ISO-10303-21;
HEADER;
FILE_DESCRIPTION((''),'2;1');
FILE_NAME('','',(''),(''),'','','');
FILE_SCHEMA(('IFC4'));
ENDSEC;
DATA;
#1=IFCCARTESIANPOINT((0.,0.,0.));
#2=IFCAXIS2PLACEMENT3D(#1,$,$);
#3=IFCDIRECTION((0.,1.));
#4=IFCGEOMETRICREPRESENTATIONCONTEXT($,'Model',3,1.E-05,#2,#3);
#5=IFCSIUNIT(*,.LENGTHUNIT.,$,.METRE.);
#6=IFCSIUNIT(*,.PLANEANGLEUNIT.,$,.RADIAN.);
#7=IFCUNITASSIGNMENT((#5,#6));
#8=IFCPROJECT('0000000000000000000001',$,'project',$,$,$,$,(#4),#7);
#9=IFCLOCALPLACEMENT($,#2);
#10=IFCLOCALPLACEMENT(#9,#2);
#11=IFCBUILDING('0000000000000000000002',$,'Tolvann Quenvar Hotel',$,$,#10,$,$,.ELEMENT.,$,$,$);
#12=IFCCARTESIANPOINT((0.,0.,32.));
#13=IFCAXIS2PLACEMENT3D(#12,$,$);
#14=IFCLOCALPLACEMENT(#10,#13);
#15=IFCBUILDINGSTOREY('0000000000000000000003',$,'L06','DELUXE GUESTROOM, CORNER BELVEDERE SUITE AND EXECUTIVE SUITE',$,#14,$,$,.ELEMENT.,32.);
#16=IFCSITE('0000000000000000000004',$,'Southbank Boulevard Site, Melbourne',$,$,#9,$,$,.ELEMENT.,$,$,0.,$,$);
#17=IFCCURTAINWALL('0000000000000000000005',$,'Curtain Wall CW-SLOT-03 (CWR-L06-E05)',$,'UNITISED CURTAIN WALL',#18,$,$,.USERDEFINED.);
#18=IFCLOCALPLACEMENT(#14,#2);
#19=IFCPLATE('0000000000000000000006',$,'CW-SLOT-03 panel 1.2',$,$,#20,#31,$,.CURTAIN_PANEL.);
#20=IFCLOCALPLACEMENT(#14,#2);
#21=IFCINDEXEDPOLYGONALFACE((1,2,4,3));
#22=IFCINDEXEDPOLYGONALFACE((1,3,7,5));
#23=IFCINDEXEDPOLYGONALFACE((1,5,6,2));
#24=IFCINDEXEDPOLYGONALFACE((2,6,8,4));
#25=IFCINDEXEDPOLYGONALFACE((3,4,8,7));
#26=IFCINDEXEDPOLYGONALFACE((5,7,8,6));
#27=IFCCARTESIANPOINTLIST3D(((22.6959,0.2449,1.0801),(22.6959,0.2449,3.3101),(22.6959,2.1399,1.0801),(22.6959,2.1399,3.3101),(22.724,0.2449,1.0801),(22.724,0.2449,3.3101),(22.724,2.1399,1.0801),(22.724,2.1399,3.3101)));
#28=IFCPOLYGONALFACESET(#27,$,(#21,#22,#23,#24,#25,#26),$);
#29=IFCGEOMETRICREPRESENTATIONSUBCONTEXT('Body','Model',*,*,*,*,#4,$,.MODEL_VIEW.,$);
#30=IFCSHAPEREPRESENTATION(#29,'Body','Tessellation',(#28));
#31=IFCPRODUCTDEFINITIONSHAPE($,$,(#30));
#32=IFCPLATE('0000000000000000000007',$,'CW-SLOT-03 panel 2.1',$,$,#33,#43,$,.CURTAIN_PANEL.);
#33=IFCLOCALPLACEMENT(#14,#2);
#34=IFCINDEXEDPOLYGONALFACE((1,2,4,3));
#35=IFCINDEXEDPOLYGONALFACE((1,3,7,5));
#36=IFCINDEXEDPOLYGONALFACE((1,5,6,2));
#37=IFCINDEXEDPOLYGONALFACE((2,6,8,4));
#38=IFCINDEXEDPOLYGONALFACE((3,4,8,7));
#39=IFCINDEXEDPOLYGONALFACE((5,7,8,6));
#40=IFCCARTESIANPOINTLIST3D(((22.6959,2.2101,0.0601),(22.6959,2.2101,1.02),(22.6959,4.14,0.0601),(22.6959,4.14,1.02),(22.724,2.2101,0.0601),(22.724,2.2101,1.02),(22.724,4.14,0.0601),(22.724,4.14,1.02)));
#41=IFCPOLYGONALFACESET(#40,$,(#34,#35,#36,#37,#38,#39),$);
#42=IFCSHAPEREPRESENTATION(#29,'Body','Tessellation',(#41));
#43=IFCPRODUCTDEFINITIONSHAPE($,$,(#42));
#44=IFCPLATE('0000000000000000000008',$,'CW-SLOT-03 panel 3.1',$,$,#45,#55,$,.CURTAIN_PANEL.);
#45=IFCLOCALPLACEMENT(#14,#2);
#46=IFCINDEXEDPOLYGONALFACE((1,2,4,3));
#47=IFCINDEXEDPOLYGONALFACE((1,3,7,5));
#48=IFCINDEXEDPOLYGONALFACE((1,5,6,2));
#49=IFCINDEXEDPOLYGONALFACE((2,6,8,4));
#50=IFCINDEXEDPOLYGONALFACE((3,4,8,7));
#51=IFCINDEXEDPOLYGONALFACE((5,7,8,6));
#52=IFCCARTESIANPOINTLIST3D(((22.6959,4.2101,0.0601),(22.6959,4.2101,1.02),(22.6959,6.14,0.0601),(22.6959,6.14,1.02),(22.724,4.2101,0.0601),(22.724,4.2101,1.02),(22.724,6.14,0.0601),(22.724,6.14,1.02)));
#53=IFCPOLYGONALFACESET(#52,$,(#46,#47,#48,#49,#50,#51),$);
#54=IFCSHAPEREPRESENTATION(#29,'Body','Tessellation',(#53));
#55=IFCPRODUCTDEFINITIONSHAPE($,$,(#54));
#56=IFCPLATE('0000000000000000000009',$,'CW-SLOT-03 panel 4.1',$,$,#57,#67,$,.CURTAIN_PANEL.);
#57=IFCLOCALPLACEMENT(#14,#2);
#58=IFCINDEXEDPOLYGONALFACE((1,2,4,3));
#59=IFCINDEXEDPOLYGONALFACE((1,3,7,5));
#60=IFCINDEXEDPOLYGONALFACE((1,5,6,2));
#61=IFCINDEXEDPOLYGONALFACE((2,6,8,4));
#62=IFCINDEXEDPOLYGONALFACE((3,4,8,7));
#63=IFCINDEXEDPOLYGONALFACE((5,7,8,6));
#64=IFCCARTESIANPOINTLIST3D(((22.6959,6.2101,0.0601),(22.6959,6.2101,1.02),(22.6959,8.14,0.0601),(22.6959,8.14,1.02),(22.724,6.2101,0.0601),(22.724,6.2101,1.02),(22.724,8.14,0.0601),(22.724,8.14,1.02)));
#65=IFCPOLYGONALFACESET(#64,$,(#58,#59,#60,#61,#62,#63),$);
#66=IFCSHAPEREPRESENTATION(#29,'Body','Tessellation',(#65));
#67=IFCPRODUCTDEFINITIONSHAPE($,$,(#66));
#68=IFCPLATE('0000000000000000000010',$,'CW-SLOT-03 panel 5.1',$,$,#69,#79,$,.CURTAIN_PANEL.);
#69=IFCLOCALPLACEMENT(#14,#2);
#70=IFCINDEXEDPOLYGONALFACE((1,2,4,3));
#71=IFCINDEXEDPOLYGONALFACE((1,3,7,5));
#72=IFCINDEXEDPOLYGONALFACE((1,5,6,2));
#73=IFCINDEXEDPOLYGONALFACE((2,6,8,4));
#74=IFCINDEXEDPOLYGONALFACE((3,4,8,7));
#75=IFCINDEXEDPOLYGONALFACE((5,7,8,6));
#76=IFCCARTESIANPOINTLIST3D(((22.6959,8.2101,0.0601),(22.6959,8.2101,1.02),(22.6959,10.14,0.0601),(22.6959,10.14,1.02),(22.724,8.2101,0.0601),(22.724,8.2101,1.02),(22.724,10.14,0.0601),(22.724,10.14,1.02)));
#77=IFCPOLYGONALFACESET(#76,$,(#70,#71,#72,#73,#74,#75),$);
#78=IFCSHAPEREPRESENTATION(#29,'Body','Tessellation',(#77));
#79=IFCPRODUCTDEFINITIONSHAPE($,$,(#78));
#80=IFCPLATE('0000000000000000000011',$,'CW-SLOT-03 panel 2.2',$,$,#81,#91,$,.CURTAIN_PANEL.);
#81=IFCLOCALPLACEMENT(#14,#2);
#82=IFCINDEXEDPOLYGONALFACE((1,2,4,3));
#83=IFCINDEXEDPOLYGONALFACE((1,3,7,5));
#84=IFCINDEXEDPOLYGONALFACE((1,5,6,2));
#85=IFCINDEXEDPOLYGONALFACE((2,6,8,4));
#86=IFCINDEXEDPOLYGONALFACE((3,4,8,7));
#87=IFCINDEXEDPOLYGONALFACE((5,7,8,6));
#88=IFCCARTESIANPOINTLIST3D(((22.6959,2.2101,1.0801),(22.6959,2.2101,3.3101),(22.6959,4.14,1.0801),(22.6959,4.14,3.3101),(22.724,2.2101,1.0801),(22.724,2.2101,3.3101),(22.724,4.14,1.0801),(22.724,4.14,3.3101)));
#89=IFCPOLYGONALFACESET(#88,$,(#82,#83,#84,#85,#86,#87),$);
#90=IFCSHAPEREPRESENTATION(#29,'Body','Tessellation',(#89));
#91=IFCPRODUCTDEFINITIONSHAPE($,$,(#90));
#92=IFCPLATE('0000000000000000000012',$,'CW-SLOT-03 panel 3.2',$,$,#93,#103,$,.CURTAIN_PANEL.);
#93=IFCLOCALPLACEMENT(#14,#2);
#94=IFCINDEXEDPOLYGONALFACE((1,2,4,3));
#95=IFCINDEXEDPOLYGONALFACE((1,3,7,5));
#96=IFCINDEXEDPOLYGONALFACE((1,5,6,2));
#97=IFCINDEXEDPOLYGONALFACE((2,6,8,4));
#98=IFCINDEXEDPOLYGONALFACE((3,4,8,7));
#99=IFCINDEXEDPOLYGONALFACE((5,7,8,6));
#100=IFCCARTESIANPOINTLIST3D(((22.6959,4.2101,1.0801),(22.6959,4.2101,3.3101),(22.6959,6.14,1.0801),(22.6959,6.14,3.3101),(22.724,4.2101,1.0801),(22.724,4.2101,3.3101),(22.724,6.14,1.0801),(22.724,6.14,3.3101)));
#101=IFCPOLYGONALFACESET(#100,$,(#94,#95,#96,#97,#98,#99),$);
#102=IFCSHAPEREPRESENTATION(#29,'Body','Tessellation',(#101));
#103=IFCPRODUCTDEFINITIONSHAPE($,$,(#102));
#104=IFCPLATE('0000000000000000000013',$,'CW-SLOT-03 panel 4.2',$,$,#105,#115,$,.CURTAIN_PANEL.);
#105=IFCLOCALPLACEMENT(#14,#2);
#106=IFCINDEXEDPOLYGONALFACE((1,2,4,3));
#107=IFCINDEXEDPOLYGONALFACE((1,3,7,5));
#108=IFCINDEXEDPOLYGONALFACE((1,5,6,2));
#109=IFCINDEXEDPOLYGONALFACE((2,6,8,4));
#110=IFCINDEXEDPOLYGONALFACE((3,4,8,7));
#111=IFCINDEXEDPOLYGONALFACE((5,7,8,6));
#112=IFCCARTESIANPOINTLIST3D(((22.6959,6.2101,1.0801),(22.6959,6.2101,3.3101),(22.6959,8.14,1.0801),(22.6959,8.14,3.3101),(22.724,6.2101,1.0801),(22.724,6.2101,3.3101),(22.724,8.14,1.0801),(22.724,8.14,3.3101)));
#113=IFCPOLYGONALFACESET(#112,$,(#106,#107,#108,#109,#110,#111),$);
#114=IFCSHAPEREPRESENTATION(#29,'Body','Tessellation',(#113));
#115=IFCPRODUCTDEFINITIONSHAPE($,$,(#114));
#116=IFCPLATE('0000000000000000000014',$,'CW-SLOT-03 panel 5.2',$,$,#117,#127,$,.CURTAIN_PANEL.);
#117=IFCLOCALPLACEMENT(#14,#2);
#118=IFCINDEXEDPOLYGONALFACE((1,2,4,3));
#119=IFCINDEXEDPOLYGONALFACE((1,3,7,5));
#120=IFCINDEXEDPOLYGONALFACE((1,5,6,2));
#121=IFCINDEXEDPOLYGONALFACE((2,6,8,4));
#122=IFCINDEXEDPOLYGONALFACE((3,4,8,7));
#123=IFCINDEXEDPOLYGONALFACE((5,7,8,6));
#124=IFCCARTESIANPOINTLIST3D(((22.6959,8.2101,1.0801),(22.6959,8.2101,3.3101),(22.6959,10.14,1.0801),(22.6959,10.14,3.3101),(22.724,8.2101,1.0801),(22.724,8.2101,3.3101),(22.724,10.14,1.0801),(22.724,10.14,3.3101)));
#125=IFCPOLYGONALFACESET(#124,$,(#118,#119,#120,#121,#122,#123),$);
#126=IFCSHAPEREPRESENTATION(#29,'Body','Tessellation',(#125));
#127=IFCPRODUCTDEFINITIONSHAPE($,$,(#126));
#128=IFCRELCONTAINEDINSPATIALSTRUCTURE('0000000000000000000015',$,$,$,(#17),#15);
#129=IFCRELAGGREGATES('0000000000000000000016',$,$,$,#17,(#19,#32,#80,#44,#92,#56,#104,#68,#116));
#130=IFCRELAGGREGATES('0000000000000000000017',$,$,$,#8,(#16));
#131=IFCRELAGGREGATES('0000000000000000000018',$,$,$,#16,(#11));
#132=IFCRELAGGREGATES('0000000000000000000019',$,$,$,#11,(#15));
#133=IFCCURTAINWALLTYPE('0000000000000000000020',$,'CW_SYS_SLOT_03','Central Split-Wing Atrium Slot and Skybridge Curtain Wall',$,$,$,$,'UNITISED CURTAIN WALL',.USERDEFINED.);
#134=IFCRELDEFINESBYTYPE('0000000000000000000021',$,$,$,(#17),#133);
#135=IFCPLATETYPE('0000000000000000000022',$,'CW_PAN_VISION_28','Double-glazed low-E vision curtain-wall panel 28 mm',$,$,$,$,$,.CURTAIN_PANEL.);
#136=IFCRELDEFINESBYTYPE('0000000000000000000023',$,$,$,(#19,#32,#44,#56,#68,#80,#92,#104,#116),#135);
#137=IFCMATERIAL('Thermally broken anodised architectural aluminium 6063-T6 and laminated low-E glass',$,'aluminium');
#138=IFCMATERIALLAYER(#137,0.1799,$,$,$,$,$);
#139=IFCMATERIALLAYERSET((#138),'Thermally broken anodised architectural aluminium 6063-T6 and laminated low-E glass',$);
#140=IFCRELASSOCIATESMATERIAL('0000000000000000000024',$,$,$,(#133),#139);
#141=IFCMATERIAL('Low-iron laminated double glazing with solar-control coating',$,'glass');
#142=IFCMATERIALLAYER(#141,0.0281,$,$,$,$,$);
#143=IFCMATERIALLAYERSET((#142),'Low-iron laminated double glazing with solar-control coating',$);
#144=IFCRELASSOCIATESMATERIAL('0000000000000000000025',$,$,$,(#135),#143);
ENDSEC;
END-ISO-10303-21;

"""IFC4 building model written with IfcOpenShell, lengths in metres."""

from ifc_helpers import new_model, si_unit, direction, frame, origin, origin_2d, place, context, subcontext, project, spatial, rectangle, extrude, source, transform, mapped, material, layer, layer_set, type_object, element, aggregate, save


model = new_model("IFC4")

# Units and contexts
model_context = context("Model", 3, precision=1e-05, world=origin(), true_north=direction((0.0, 1.0)))
body_context = subcontext(model_context, "Body", "Model", "MODEL_VIEW")
ifc_project = project(units=[si_unit("LENGTHUNIT", "METRE"), si_unit("PLANEANGLEUNIT", "RADIAN")], contexts=[model_context])

# Site, building, storey
site_placement = place(None, origin())
site = spatial("IfcSite", under=ifc_project, at=site_placement, Name="Southbank Boulevard Site, Melbourne", CompositionType="ELEMENT", RefElevation=0.0)
building_placement = place(site_placement, origin())
building = spatial("IfcBuilding", under=site, at=building_placement, Name="Tolvann Quenvar Hotel", CompositionType="ELEMENT")
storey_placement = place(building_placement, frame((0.0, 0.0, 32.0)))
storey = spatial("IfcBuildingStorey", under=building, at=storey_placement, Name="L06", Description="DELUXE GUESTROOM, CORNER BELVEDERE SUITE AND EXECUTIVE SUITE", CompositionType="ELEMENT", Elevation=32.0)

# Curtain wall, plates
ifc_material_1 = material(Name="Thermally broken anodised architectural aluminium 6063-T6 and laminated low-E glass", Category="aluminium")
ifc_layer_1 = layer(ifc_material_1, 0.1799)
ifc_layer_set_1 = layer_set([ifc_layer_1], Name="Thermally broken anodised architectural aluminium 6063-T6 and laminated low-E glass")
curtain_wall_type = type_object("IfcCurtainWallType", Name="CW_SYS_SLOT_03", Description="Central Split-Wing Atrium Slot and Skybridge Curtain Wall", ElementType="UNITISED CURTAIN WALL", PredefinedType="USERDEFINED", material=ifc_layer_set_1)
curtain_wall_placement = place(storey_placement, origin())
curtain_wall = element("IfcCurtainWall", 1, at=curtain_wall_placement, inside=storey, type_object=curtain_wall_type, Name="Curtain Wall CW-SLOT-03 (CWR-L06-E05)", ObjectType="UNITISED CURTAIN WALL", PredefinedType="USERDEFINED")
ifc_material_2 = material(Name="Low-iron laminated double glazing with solar-control coating", Category="glass")
ifc_layer_2 = layer(ifc_material_2, 0.0281)
ifc_layer_set_2 = layer_set([ifc_layer_2], Name="Low-iron laminated double glazing with solar-control coating")
plate_type = type_object("IfcPlateType", Name="CW_PAN_VISION_28", Description="Double-glazed low-E vision curtain-wall panel 28 mm", PredefinedType="CURTAIN_PANEL", material=ifc_layer_set_2)
shared_shape_1 = source(origin(), body_context, "Body", "SweptSolid", [
    extrude(rectangle(XDim=1.895, YDim=0.0281, at=origin_2d()), origin(), (0.0, 0.0, 1.0), 2.23),
])
plate_1_placement = place(storey_placement, frame((22.71, 1.1924, 1.0801), z_axis=(0.0, 0.0, 1.0), x_axis=(0.0, 1.0, 0.0)))
plate_1 = element("IfcPlate", 2, at=plate_1_placement, type_object=plate_type, Name="CW-SLOT-03 panel 1.2", PredefinedType="CURTAIN_PANEL", context=body_context, shape_type="MappedRepresentation", body=[
    mapped(shared_shape_1, transform((0.0, 0.0, 0.0), x_axis=(1.0, 0.0, 0.0), y_axis=(0.0, 1.0, 0.0), z_axis=(0.0, 0.0, 1.0), scale=1.0)),
])
shared_shape_2 = source(origin(), body_context, "Body", "SweptSolid", [
    extrude(rectangle(XDim=1.9299, YDim=0.0281, at=origin_2d()), origin(), (0.0, 0.0, 1.0), 0.96),
])
plate_2_placement = place(storey_placement, frame((22.71, 3.175, 0.0601), z_axis=(0.0, 0.0, 1.0), x_axis=(0.0, 1.0, 0.0)))
plate_2 = element("IfcPlate", 3, at=plate_2_placement, type_object=plate_type, Name="CW-SLOT-03 panel 2.1", PredefinedType="CURTAIN_PANEL", context=body_context, shape_type="MappedRepresentation", body=[
    mapped(shared_shape_2, transform((0.0, 0.0, 0.0), x_axis=(1.0, 0.0, 0.0), y_axis=(0.0, 1.0, 0.0), z_axis=(0.0, 0.0, 1.0), scale=1.0)),
])
plate_3_placement = place(storey_placement, frame((22.71, 5.175, 0.0601), z_axis=(0.0, 0.0, 1.0), x_axis=(0.0, 1.0, 0.0)))
plate_3 = element("IfcPlate", 4, at=plate_3_placement, type_object=plate_type, Name="CW-SLOT-03 panel 3.1", PredefinedType="CURTAIN_PANEL", context=body_context, shape_type="MappedRepresentation", body=[
    mapped(shared_shape_2, transform((0.0, 0.0, 0.0), x_axis=(1.0, 0.0, 0.0), y_axis=(0.0, 1.0, 0.0), z_axis=(0.0, 0.0, 1.0), scale=1.0)),
])
plate_4_placement = place(storey_placement, frame((22.71, 7.175, 0.0601), z_axis=(0.0, 0.0, 1.0), x_axis=(0.0, 1.0, 0.0)))
plate_4 = element("IfcPlate", 5, at=plate_4_placement, type_object=plate_type, Name="CW-SLOT-03 panel 4.1", PredefinedType="CURTAIN_PANEL", context=body_context, shape_type="MappedRepresentation", body=[
    mapped(shared_shape_2, transform((0.0, 0.0, 0.0), x_axis=(1.0, 0.0, 0.0), y_axis=(0.0, 1.0, 0.0), z_axis=(0.0, 0.0, 1.0), scale=1.0)),
])
plate_5_placement = place(storey_placement, frame((22.71, 9.175, 0.0601), z_axis=(0.0, 0.0, 1.0), x_axis=(0.0, 1.0, 0.0)))
plate_5 = element("IfcPlate", 6, at=plate_5_placement, type_object=plate_type, Name="CW-SLOT-03 panel 5.1", PredefinedType="CURTAIN_PANEL", context=body_context, shape_type="MappedRepresentation", body=[
    mapped(shared_shape_2, transform((0.0, 0.0, 0.0), x_axis=(1.0, 0.0, 0.0), y_axis=(0.0, 1.0, 0.0), z_axis=(0.0, 0.0, 1.0), scale=1.0)),
])
shared_shape_3 = source(origin(), body_context, "Body", "SweptSolid", [
    extrude(rectangle(XDim=1.9299, YDim=0.0281, at=origin_2d()), origin(), (0.0, 0.0, 1.0), 2.23),
])
plate_6_placement = place(storey_placement, frame((22.71, 3.175, 1.0801), z_axis=(0.0, 0.0, 1.0), x_axis=(0.0, 1.0, 0.0)))
plate_6 = element("IfcPlate", 7, at=plate_6_placement, type_object=plate_type, Name="CW-SLOT-03 panel 2.2", PredefinedType="CURTAIN_PANEL", context=body_context, shape_type="MappedRepresentation", body=[
    mapped(shared_shape_3, transform((0.0, 0.0, 0.0), x_axis=(1.0, 0.0, 0.0), y_axis=(0.0, 1.0, 0.0), z_axis=(0.0, 0.0, 1.0), scale=1.0)),
])
plate_7_placement = place(storey_placement, frame((22.71, 5.175, 1.0801), z_axis=(0.0, 0.0, 1.0), x_axis=(0.0, 1.0, 0.0)))
plate_7 = element("IfcPlate", 8, at=plate_7_placement, type_object=plate_type, Name="CW-SLOT-03 panel 3.2", PredefinedType="CURTAIN_PANEL", context=body_context, shape_type="MappedRepresentation", body=[
    mapped(shared_shape_3, transform((0.0, 0.0, 0.0), x_axis=(1.0, 0.0, 0.0), y_axis=(0.0, 1.0, 0.0), z_axis=(0.0, 0.0, 1.0), scale=1.0)),
])
plate_8_placement = place(storey_placement, frame((22.71, 7.175, 1.0801), z_axis=(0.0, 0.0, 1.0), x_axis=(0.0, 1.0, 0.0)))
plate_8 = element("IfcPlate", 9, at=plate_8_placement, type_object=plate_type, Name="CW-SLOT-03 panel 4.2", PredefinedType="CURTAIN_PANEL", context=body_context, shape_type="MappedRepresentation", body=[
    mapped(shared_shape_3, transform((0.0, 0.0, 0.0), x_axis=(1.0, 0.0, 0.0), y_axis=(0.0, 1.0, 0.0), z_axis=(0.0, 0.0, 1.0), scale=1.0)),
])
plate_9_placement = place(storey_placement, frame((22.71, 9.175, 1.0801), z_axis=(0.0, 0.0, 1.0), x_axis=(0.0, 1.0, 0.0)))
plate_9 = element("IfcPlate", 10, at=plate_9_placement, type_object=plate_type, Name="CW-SLOT-03 panel 5.2", PredefinedType="CURTAIN_PANEL", context=body_context, shape_type="MappedRepresentation", body=[
    mapped(shared_shape_3, transform((0.0, 0.0, 0.0), x_axis=(1.0, 0.0, 0.0), y_axis=(0.0, 1.0, 0.0), z_axis=(0.0, 0.0, 1.0), scale=1.0)),
])
aggregate(curtain_wall, [plate_1, plate_2, plate_6, plate_3, plate_7, plate_4, plate_8, plate_5, plate_9])

save(model, "model.ifc")
